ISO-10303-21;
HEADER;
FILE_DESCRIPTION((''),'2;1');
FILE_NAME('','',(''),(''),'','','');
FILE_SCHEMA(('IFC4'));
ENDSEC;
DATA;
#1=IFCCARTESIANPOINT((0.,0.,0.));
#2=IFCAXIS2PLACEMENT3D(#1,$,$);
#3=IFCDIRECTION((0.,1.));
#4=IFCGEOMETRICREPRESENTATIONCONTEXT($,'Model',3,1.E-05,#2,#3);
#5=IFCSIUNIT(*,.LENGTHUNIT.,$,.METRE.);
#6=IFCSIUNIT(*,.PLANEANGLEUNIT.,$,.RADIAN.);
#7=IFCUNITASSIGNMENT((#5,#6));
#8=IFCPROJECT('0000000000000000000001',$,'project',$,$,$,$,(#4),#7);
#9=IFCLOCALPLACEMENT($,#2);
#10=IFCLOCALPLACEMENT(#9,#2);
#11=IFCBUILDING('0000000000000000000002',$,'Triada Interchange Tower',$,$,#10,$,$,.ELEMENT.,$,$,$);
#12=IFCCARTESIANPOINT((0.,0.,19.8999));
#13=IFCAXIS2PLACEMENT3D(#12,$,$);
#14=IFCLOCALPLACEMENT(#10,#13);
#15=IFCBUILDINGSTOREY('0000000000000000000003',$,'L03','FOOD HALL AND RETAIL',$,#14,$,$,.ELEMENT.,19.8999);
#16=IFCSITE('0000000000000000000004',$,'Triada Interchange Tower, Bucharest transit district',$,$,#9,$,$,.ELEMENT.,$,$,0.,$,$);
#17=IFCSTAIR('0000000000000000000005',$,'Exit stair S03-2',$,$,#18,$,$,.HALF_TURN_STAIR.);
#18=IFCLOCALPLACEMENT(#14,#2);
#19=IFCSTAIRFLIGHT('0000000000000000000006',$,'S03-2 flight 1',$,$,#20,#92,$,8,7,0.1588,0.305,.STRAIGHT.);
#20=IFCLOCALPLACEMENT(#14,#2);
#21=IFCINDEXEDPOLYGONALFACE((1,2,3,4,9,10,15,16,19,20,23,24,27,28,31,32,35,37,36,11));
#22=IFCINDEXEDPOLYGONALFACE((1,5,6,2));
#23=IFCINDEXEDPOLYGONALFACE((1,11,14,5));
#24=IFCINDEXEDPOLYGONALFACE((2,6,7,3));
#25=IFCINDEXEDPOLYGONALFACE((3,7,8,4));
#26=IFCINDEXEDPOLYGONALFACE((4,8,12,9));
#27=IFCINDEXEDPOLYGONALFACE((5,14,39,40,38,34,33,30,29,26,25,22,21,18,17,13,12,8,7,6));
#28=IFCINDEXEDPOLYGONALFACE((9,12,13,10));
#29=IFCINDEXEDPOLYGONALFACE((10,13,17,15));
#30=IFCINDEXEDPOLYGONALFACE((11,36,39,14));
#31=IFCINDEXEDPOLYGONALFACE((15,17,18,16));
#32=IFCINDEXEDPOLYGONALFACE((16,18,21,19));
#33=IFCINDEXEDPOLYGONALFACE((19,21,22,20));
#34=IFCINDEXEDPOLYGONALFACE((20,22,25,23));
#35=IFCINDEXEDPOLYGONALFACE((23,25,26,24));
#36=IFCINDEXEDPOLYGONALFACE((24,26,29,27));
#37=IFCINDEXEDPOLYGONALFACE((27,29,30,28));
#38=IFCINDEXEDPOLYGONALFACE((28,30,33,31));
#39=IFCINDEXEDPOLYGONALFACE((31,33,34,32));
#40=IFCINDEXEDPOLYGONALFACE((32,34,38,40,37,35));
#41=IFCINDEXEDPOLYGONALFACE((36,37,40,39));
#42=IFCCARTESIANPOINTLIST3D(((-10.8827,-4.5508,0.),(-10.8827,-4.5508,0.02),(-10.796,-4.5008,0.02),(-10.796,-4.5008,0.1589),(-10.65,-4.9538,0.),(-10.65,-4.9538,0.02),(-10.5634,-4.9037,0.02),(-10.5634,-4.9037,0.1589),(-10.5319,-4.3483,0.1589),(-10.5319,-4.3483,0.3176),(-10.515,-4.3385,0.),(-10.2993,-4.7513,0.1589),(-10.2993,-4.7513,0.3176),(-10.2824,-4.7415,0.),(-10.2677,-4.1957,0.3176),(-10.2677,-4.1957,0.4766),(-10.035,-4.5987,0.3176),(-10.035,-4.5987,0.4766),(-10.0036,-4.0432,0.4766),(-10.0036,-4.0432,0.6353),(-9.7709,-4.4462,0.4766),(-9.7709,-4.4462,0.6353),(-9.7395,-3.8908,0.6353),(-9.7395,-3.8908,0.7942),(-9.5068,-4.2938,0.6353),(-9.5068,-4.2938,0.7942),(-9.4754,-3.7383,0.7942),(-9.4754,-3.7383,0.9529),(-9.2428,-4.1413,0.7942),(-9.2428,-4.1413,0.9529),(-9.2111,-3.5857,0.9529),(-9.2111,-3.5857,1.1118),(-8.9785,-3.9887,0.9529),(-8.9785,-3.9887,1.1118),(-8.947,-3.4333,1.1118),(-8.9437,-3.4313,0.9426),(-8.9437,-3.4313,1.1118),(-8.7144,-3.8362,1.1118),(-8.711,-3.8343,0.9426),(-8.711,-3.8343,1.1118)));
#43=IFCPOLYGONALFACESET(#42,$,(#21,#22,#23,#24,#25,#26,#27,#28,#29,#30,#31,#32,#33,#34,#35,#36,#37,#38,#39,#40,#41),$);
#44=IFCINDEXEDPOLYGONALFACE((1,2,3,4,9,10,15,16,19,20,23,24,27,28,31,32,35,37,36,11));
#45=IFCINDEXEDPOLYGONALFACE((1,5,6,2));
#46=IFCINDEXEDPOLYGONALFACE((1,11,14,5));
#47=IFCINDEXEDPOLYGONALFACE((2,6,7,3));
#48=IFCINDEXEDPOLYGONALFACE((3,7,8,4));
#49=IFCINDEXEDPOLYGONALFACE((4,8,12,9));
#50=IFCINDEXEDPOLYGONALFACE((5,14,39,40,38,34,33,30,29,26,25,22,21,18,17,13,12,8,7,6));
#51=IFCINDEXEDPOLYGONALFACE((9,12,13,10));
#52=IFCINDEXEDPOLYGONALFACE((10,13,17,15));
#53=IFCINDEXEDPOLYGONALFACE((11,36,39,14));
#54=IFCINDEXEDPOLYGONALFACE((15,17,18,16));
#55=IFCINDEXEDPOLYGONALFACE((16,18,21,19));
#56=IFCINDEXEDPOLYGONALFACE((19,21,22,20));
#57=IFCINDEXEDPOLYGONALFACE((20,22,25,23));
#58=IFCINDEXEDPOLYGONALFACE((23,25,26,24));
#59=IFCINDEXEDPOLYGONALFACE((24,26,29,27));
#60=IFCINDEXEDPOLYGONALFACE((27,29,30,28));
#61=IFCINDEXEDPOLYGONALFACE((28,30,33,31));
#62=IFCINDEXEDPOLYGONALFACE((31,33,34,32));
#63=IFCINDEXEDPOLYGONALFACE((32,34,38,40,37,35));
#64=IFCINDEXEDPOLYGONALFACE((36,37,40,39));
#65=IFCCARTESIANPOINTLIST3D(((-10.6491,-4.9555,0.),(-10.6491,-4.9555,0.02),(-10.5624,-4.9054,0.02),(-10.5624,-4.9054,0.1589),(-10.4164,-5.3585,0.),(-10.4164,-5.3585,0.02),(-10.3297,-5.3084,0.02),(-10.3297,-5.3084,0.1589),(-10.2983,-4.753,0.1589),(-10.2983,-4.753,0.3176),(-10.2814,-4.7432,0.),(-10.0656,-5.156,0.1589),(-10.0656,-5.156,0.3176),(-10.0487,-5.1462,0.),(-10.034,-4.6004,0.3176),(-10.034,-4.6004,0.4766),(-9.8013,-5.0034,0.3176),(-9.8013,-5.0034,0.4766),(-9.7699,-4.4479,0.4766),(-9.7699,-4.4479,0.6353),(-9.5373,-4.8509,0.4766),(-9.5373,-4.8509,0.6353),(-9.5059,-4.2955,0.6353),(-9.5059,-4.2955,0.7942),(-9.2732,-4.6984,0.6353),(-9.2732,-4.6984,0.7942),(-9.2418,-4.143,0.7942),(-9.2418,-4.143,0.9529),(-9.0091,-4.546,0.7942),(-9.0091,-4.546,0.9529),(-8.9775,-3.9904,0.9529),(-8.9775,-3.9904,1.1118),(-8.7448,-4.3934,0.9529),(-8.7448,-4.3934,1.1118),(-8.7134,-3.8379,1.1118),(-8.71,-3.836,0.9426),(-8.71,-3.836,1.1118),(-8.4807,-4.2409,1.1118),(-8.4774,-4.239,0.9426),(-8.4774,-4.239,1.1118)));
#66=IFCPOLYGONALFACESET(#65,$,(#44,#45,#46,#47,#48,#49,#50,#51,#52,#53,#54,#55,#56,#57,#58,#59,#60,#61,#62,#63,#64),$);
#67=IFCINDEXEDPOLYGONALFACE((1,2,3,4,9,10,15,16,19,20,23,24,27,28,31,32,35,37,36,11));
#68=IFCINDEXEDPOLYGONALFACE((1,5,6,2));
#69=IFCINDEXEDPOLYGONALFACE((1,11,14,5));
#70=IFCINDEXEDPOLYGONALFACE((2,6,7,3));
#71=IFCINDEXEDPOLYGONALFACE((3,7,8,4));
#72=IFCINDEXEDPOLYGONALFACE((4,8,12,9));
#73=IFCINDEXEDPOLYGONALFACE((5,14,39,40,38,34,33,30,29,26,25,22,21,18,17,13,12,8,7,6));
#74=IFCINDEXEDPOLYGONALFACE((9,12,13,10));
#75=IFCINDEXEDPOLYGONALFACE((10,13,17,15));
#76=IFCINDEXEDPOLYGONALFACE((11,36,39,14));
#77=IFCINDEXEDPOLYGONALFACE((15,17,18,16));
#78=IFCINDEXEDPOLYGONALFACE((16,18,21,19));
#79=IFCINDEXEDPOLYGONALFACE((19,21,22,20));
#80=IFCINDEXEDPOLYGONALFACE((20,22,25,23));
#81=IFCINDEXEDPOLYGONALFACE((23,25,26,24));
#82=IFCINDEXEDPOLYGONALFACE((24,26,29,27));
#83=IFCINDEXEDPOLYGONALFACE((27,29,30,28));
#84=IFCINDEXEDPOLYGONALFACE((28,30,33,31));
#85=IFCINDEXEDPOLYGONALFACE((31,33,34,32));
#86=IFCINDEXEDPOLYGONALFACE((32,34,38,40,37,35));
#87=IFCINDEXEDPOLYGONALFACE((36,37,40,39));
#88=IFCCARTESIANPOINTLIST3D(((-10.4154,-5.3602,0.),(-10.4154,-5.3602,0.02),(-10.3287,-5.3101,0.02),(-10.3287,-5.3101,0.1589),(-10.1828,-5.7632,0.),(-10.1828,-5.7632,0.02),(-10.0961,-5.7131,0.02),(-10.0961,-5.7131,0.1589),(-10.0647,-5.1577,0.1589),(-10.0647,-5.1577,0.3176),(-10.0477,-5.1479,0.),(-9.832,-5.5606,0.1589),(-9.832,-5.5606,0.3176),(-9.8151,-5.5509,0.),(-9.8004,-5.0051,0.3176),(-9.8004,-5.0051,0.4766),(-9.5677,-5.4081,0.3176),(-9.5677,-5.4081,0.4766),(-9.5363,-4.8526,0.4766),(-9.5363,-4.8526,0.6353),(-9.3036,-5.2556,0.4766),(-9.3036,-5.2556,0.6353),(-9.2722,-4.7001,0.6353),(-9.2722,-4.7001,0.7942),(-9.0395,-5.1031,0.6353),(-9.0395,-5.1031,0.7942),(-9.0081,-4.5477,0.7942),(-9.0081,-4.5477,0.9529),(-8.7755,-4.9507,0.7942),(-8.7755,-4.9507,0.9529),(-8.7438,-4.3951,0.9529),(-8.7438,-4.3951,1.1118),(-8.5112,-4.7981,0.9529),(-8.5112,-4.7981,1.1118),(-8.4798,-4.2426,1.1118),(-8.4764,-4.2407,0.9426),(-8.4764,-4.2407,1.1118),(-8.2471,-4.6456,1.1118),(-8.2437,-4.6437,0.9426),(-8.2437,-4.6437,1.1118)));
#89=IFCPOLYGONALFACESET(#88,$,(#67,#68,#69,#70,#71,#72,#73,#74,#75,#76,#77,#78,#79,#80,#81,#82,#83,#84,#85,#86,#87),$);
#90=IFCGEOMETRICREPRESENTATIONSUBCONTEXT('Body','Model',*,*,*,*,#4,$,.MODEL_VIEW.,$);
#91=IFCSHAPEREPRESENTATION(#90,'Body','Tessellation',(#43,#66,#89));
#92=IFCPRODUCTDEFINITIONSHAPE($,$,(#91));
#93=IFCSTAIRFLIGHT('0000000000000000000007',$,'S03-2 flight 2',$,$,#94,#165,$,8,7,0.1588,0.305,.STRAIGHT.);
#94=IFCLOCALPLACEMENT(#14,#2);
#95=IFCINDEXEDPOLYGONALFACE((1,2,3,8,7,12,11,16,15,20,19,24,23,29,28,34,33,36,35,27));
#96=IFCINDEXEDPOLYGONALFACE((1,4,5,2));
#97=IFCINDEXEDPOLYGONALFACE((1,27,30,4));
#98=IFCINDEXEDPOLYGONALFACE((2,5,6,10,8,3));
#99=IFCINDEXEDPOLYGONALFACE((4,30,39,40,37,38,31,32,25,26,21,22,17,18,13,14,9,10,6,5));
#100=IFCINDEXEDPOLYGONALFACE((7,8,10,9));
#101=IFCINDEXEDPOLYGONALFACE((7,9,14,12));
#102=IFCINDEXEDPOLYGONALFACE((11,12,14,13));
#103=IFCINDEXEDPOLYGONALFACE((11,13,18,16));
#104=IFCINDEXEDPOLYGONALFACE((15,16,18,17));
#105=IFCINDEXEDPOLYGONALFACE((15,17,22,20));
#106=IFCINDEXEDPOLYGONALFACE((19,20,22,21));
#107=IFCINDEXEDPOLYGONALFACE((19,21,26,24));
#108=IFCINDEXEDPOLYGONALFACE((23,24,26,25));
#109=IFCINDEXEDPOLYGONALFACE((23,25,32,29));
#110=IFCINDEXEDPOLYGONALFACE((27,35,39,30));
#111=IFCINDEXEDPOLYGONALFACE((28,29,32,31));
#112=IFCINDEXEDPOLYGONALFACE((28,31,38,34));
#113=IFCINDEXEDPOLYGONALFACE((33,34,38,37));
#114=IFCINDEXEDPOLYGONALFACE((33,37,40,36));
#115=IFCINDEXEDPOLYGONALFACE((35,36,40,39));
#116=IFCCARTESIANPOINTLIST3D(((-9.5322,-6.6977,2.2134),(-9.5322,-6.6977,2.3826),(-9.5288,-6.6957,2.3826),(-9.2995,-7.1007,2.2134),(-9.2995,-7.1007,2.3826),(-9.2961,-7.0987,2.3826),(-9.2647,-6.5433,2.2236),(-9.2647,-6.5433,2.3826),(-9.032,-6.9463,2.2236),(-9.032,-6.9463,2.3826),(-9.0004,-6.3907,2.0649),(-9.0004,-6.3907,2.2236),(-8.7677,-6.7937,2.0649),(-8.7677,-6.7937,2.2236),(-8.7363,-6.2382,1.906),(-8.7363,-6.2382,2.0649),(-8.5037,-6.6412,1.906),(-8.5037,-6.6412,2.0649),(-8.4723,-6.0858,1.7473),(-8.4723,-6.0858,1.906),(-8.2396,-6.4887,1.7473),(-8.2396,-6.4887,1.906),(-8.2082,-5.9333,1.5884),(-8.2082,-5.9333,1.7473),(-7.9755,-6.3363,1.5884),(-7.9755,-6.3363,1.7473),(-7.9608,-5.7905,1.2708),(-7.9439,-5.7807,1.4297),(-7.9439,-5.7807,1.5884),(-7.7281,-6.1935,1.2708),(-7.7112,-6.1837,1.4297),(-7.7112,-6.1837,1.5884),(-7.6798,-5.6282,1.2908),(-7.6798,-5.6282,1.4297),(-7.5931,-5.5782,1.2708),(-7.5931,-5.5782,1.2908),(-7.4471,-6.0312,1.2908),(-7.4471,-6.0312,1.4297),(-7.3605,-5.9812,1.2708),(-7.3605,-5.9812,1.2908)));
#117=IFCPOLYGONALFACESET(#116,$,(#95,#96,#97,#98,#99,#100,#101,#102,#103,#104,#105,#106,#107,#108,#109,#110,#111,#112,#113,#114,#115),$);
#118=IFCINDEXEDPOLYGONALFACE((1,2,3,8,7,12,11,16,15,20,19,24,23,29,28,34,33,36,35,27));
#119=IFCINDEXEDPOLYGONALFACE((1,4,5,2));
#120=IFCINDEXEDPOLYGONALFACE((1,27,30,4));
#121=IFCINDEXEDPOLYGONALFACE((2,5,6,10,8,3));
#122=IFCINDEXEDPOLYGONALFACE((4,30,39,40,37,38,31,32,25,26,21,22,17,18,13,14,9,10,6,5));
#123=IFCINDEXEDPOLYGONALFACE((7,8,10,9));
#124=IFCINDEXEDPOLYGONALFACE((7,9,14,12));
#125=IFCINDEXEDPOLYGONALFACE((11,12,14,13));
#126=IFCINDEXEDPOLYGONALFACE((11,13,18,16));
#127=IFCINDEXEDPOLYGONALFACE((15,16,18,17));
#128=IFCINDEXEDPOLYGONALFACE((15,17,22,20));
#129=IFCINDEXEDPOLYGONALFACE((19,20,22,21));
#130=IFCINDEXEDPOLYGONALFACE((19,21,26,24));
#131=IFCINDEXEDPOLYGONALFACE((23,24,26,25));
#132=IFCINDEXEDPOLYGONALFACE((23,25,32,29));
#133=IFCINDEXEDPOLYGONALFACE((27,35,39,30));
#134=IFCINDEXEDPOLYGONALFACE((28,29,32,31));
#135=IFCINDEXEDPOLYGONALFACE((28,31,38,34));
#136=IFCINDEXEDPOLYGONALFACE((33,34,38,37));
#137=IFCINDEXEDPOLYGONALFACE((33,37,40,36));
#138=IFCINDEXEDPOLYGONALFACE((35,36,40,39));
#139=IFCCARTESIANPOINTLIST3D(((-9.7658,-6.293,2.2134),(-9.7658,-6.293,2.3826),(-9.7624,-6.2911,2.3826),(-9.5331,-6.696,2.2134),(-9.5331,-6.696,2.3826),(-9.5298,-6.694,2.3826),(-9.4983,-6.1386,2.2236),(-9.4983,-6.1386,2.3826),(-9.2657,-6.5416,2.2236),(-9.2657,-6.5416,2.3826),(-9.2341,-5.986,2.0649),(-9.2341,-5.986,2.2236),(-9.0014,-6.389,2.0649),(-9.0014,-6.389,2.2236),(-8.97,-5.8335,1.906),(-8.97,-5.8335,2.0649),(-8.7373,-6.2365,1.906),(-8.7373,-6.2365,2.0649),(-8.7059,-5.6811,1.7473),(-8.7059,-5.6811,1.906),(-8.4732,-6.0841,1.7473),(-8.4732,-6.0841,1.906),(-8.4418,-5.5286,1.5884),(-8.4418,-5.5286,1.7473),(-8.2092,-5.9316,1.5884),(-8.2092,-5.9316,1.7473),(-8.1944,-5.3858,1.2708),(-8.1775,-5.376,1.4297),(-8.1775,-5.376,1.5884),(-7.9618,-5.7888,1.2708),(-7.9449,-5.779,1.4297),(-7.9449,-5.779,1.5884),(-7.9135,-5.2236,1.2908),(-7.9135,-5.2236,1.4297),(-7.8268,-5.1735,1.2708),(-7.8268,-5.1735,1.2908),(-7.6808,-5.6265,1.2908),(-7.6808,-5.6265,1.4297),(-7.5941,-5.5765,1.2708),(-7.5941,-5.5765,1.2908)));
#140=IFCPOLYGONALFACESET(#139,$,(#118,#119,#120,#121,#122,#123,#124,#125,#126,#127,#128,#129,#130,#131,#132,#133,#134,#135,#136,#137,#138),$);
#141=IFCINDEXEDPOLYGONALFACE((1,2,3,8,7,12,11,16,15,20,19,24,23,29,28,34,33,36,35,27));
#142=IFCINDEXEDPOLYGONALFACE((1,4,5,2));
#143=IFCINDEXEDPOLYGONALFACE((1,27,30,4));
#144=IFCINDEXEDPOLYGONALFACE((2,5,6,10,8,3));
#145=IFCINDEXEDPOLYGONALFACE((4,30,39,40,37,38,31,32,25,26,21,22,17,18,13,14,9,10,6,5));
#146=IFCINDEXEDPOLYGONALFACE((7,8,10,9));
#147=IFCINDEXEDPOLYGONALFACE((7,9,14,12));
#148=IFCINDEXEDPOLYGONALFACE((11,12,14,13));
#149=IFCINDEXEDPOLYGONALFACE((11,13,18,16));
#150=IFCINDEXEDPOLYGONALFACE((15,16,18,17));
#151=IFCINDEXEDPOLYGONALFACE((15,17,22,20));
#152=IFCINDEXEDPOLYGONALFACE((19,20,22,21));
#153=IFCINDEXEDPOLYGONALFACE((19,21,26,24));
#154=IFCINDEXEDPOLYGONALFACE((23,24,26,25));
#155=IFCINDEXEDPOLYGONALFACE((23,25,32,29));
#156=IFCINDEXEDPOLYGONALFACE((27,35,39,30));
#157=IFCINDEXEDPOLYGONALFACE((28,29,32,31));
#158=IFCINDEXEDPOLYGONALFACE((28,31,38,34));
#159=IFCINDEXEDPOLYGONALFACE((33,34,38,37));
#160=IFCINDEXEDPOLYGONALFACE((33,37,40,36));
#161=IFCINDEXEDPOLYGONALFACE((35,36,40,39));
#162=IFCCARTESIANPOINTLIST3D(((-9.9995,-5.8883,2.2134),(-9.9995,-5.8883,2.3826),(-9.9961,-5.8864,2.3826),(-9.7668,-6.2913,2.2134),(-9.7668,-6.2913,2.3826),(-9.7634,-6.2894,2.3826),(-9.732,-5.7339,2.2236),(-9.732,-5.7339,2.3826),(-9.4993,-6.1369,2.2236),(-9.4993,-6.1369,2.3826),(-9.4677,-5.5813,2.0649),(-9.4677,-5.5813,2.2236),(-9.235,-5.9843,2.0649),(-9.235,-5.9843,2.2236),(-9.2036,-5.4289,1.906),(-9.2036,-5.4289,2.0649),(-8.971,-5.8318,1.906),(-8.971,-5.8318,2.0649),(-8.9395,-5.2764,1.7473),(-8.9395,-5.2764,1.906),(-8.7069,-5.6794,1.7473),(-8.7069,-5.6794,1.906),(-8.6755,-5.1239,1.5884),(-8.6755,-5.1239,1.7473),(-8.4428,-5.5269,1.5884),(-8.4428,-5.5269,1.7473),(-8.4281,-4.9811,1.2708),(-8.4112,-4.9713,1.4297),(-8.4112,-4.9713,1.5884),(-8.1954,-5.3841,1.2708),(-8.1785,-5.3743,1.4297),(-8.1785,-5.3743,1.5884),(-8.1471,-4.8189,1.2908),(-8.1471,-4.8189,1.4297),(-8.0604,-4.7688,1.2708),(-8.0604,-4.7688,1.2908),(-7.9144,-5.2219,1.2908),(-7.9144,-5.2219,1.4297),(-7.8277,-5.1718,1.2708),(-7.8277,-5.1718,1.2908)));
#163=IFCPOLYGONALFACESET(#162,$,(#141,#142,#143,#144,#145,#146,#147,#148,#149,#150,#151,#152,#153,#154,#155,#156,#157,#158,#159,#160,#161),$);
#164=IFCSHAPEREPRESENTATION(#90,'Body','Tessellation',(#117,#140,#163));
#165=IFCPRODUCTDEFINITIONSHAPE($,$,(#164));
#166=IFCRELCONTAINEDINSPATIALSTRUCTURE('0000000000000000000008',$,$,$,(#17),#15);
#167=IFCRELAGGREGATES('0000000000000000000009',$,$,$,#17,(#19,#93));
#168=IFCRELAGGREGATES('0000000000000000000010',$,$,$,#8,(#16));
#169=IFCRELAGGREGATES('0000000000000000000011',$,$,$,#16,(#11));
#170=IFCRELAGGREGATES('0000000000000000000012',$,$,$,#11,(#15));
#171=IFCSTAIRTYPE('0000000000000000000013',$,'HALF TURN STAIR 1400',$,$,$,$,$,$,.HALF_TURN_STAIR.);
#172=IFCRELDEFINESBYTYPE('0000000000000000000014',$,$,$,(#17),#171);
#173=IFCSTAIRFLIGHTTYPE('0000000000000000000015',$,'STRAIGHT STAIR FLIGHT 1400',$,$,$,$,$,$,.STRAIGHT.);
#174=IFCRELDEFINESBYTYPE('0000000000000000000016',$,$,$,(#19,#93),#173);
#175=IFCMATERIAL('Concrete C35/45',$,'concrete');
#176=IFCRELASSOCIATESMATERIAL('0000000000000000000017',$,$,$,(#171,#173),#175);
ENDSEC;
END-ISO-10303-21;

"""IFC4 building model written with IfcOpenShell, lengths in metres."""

from ifc_helpers import new_model, si_unit, direction, frame, origin, place, context, subcontext, project, spatial, polyline, outline, extrude, material, type_object, element, aggregate, save


model = new_model("IFC4")

# Units and contexts
model_context = context("Model", 3, precision=1e-05, world=origin(), true_north=direction((0.0, 1.0)))
body_context = subcontext(model_context, "Body", "Model", "MODEL_VIEW")
ifc_project = project(units=[si_unit("LENGTHUNIT", "METRE"), si_unit("PLANEANGLEUNIT", "RADIAN")], contexts=[model_context])

# Site, building, storey
site_placement = place(None, origin())
site = spatial("IfcSite", under=ifc_project, at=site_placement, Name="Triada Interchange Tower, Bucharest transit district", CompositionType="ELEMENT", RefElevation=0.0)
building_placement = place(site_placement, origin())
building = spatial("IfcBuilding", under=site, at=building_placement, Name="Triada Interchange Tower", CompositionType="ELEMENT")
storey_placement = place(building_placement, frame((0.0, 0.0, 19.8999)))
storey = spatial("IfcBuildingStorey", under=building, at=storey_placement, Name="L03", Description="FOOD HALL AND RETAIL", CompositionType="ELEMENT", Elevation=19.8999)

# Shared definitions
ifc_material_1 = material(Name="Concrete C35/45", Category="concrete")

# Stair, stair flights
stair_type = type_object("IfcStairType", Name="HALF TURN STAIR 1400", PredefinedType="HALF_TURN_STAIR", material=ifc_material_1)
stair_placement = place(storey_placement, origin())
stair = element("IfcStair", 1, at=stair_placement, inside=storey, type_object=stair_type, Name="Exit stair S03-2", PredefinedType="HALF_TURN_STAIR")
stair_flight_type = type_object("IfcStairFlightType", Name="STRAIGHT STAIR FLIGHT 1400", PredefinedType="STRAIGHT", material=ifc_material_1)
stair_flight_1_placement = place(storey_placement, frame((-10.446, -5.1069, 0.0), z_axis=(0.0, 0.0, 1.0), x_axis=(0.866025, 0.5, 0.0)))
stair_flight_1 = element("IfcStairFlight", 2, at=stair_flight_1_placement, type_object=stair_flight_type, Name="S03-2 flight 1", NumberOfRisers=8, NumberOfTreads=7, PredefinedType="STRAIGHT", RiserHeight=0.1588, TreadLength=0.305, context=body_context, shape_type="SweptSolid", body=[
    extrude(outline(polyline([(-0.1001, 0.0), (-0.1001, 0.02), (0.0, 0.02), (0.0, 0.1589), (0.3049, 0.1589), (0.3049, 0.3176), (0.6101, 0.3176), (0.6101, 0.4766), (0.915, 0.4766), (0.915, 0.6353), (1.22, 0.6353), (1.22, 0.7942), (1.5249, 0.7942), (1.5249, 0.9529), (1.8301, 0.9529), (1.8301, 1.1118), (2.135, 1.1118), (2.1389, 1.1118), (2.1389, 1.2705), (2.1389, 0.9426), (0.3245, 0.0), (-0.1001, 0.0)])), frame((0.0, 0.7, 0.0), z_axis=(0.0, -1.0, 0.0), x_axis=(1.0, 0.0, 0.0)), (0.0, 0.0, 1.0), 0.4653),
    extrude(outline(polyline([(-0.1001, 0.0), (-0.1001, 0.02), (0.0, 0.02), (0.0, 0.1589), (0.3049, 0.1589), (0.3049, 0.3176), (0.6101, 0.3176), (0.6101, 0.4766), (0.915, 0.4766), (0.915, 0.6353), (1.22, 0.6353), (1.22, 0.7942), (1.5249, 0.7942), (1.5249, 0.9529), (1.8301, 0.9529), (1.8301, 1.1118), (2.135, 1.1118), (2.1389, 1.1118), (2.1389, 1.2705), (2.1389, 0.9426), (0.3245, 0.0), (-0.1001, 0.0)])), frame((0.0, 0.2327, 0.0), z_axis=(0.0, -1.0, 0.0), x_axis=(1.0, 0.0, 0.0)), (0.0, 0.0, 1.0), 0.4653),
    extrude(outline(polyline([(-0.1001, 0.0), (-0.1001, 0.02), (0.0, 0.02), (0.0, 0.1589), (0.3049, 0.1589), (0.3049, 0.3176), (0.6101, 0.3176), (0.6101, 0.4766), (0.915, 0.4766), (0.915, 0.6353), (1.22, 0.6353), (1.22, 0.7942), (1.5249, 0.7942), (1.5249, 0.9529), (1.8301, 0.9529), (1.8301, 1.1118), (2.135, 1.1118), (2.1389, 1.1118), (2.1389, 1.2705), (2.1389, 0.9426), (0.3245, 0.0), (-0.1001, 0.0)])), frame((0.0, -0.2346, 0.0), z_axis=(0.0, -1.0, 0.0), x_axis=(1.0, 0.0, 0.0)), (0.0, 0.0, 1.0), 0.4653),
])
stair_flight_2_placement = place(storey_placement, frame((-7.7971, -5.425, 1.2708), z_axis=(0.0, 0.0, 1.0), x_axis=(-0.866025, -0.5, 0.0)))
stair_flight_2 = element("IfcStairFlight", 3, at=stair_flight_2_placement, type_object=stair_flight_type, Name="S03-2 flight 2", NumberOfRisers=8, NumberOfTreads=7, PredefinedType="STRAIGHT", RiserHeight=0.1588, TreadLength=0.305, context=body_context, shape_type="SweptSolid", body=[
    extrude(outline(polyline([(-0.1001, 0.0), (-0.1001, 0.02), (0.0, 0.02), (0.0, 0.1589), (0.3049, 0.1589), (0.3049, 0.3176), (0.6101, 0.3176), (0.6101, 0.4766), (0.915, 0.4766), (0.915, 0.6353), (1.22, 0.6353), (1.22, 0.7942), (1.5249, 0.7942), (1.5249, 0.9529), (1.8301, 0.9529), (1.8301, 1.1118), (2.135, 1.1118), (2.1389, 1.1118), (2.1389, 1.2705), (2.1389, 0.9426), (0.3245, 0.0), (-0.1001, 0.0)])), frame((0.0, 0.7, 0.0), z_axis=(0.0, -1.0, 0.0), x_axis=(1.0, 0.0, 0.0)), (0.0, 0.0, 1.0), 0.4653),
    extrude(outline(polyline([(-0.1001, 0.0), (-0.1001, 0.02), (0.0, 0.02), (0.0, 0.1589), (0.3049, 0.1589), (0.3049, 0.3176), (0.6101, 0.3176), (0.6101, 0.4766), (0.915, 0.4766), (0.915, 0.6353), (1.22, 0.6353), (1.22, 0.7942), (1.5249, 0.7942), (1.5249, 0.9529), (1.8301, 0.9529), (1.8301, 1.1118), (2.135, 1.1118), (2.1389, 1.1118), (2.1389, 1.2705), (2.1389, 0.9426), (0.3245, 0.0), (-0.1001, 0.0)])), frame((0.0, 0.2327, 0.0), z_axis=(0.0, -1.0, 0.0), x_axis=(1.0, 0.0, 0.0)), (0.0, 0.0, 1.0), 0.4653),
    extrude(outline(polyline([(-0.1001, 0.0), (-0.1001, 0.02), (0.0, 0.02), (0.0, 0.1589), (0.3049, 0.1589), (0.3049, 0.3176), (0.6101, 0.3176), (0.6101, 0.4766), (0.915, 0.4766), (0.915, 0.6353), (1.22, 0.6353), (1.22, 0.7942), (1.5249, 0.7942), (1.5249, 0.9529), (1.8301, 0.9529), (1.8301, 1.1118), (2.135, 1.1118), (2.1389, 1.1118), (2.1389, 1.2705), (2.1389, 0.9426), (0.3245, 0.0), (-0.1001, 0.0)])), frame((0.0, -0.2346, 0.0), z_axis=(0.0, -1.0, 0.0), x_axis=(1.0, 0.0, 0.0)), (0.0, 0.0, 1.0), 0.4653),
])
aggregate(stair, [stair_flight_1, stair_flight_2])

save(model, "model.ifc")
